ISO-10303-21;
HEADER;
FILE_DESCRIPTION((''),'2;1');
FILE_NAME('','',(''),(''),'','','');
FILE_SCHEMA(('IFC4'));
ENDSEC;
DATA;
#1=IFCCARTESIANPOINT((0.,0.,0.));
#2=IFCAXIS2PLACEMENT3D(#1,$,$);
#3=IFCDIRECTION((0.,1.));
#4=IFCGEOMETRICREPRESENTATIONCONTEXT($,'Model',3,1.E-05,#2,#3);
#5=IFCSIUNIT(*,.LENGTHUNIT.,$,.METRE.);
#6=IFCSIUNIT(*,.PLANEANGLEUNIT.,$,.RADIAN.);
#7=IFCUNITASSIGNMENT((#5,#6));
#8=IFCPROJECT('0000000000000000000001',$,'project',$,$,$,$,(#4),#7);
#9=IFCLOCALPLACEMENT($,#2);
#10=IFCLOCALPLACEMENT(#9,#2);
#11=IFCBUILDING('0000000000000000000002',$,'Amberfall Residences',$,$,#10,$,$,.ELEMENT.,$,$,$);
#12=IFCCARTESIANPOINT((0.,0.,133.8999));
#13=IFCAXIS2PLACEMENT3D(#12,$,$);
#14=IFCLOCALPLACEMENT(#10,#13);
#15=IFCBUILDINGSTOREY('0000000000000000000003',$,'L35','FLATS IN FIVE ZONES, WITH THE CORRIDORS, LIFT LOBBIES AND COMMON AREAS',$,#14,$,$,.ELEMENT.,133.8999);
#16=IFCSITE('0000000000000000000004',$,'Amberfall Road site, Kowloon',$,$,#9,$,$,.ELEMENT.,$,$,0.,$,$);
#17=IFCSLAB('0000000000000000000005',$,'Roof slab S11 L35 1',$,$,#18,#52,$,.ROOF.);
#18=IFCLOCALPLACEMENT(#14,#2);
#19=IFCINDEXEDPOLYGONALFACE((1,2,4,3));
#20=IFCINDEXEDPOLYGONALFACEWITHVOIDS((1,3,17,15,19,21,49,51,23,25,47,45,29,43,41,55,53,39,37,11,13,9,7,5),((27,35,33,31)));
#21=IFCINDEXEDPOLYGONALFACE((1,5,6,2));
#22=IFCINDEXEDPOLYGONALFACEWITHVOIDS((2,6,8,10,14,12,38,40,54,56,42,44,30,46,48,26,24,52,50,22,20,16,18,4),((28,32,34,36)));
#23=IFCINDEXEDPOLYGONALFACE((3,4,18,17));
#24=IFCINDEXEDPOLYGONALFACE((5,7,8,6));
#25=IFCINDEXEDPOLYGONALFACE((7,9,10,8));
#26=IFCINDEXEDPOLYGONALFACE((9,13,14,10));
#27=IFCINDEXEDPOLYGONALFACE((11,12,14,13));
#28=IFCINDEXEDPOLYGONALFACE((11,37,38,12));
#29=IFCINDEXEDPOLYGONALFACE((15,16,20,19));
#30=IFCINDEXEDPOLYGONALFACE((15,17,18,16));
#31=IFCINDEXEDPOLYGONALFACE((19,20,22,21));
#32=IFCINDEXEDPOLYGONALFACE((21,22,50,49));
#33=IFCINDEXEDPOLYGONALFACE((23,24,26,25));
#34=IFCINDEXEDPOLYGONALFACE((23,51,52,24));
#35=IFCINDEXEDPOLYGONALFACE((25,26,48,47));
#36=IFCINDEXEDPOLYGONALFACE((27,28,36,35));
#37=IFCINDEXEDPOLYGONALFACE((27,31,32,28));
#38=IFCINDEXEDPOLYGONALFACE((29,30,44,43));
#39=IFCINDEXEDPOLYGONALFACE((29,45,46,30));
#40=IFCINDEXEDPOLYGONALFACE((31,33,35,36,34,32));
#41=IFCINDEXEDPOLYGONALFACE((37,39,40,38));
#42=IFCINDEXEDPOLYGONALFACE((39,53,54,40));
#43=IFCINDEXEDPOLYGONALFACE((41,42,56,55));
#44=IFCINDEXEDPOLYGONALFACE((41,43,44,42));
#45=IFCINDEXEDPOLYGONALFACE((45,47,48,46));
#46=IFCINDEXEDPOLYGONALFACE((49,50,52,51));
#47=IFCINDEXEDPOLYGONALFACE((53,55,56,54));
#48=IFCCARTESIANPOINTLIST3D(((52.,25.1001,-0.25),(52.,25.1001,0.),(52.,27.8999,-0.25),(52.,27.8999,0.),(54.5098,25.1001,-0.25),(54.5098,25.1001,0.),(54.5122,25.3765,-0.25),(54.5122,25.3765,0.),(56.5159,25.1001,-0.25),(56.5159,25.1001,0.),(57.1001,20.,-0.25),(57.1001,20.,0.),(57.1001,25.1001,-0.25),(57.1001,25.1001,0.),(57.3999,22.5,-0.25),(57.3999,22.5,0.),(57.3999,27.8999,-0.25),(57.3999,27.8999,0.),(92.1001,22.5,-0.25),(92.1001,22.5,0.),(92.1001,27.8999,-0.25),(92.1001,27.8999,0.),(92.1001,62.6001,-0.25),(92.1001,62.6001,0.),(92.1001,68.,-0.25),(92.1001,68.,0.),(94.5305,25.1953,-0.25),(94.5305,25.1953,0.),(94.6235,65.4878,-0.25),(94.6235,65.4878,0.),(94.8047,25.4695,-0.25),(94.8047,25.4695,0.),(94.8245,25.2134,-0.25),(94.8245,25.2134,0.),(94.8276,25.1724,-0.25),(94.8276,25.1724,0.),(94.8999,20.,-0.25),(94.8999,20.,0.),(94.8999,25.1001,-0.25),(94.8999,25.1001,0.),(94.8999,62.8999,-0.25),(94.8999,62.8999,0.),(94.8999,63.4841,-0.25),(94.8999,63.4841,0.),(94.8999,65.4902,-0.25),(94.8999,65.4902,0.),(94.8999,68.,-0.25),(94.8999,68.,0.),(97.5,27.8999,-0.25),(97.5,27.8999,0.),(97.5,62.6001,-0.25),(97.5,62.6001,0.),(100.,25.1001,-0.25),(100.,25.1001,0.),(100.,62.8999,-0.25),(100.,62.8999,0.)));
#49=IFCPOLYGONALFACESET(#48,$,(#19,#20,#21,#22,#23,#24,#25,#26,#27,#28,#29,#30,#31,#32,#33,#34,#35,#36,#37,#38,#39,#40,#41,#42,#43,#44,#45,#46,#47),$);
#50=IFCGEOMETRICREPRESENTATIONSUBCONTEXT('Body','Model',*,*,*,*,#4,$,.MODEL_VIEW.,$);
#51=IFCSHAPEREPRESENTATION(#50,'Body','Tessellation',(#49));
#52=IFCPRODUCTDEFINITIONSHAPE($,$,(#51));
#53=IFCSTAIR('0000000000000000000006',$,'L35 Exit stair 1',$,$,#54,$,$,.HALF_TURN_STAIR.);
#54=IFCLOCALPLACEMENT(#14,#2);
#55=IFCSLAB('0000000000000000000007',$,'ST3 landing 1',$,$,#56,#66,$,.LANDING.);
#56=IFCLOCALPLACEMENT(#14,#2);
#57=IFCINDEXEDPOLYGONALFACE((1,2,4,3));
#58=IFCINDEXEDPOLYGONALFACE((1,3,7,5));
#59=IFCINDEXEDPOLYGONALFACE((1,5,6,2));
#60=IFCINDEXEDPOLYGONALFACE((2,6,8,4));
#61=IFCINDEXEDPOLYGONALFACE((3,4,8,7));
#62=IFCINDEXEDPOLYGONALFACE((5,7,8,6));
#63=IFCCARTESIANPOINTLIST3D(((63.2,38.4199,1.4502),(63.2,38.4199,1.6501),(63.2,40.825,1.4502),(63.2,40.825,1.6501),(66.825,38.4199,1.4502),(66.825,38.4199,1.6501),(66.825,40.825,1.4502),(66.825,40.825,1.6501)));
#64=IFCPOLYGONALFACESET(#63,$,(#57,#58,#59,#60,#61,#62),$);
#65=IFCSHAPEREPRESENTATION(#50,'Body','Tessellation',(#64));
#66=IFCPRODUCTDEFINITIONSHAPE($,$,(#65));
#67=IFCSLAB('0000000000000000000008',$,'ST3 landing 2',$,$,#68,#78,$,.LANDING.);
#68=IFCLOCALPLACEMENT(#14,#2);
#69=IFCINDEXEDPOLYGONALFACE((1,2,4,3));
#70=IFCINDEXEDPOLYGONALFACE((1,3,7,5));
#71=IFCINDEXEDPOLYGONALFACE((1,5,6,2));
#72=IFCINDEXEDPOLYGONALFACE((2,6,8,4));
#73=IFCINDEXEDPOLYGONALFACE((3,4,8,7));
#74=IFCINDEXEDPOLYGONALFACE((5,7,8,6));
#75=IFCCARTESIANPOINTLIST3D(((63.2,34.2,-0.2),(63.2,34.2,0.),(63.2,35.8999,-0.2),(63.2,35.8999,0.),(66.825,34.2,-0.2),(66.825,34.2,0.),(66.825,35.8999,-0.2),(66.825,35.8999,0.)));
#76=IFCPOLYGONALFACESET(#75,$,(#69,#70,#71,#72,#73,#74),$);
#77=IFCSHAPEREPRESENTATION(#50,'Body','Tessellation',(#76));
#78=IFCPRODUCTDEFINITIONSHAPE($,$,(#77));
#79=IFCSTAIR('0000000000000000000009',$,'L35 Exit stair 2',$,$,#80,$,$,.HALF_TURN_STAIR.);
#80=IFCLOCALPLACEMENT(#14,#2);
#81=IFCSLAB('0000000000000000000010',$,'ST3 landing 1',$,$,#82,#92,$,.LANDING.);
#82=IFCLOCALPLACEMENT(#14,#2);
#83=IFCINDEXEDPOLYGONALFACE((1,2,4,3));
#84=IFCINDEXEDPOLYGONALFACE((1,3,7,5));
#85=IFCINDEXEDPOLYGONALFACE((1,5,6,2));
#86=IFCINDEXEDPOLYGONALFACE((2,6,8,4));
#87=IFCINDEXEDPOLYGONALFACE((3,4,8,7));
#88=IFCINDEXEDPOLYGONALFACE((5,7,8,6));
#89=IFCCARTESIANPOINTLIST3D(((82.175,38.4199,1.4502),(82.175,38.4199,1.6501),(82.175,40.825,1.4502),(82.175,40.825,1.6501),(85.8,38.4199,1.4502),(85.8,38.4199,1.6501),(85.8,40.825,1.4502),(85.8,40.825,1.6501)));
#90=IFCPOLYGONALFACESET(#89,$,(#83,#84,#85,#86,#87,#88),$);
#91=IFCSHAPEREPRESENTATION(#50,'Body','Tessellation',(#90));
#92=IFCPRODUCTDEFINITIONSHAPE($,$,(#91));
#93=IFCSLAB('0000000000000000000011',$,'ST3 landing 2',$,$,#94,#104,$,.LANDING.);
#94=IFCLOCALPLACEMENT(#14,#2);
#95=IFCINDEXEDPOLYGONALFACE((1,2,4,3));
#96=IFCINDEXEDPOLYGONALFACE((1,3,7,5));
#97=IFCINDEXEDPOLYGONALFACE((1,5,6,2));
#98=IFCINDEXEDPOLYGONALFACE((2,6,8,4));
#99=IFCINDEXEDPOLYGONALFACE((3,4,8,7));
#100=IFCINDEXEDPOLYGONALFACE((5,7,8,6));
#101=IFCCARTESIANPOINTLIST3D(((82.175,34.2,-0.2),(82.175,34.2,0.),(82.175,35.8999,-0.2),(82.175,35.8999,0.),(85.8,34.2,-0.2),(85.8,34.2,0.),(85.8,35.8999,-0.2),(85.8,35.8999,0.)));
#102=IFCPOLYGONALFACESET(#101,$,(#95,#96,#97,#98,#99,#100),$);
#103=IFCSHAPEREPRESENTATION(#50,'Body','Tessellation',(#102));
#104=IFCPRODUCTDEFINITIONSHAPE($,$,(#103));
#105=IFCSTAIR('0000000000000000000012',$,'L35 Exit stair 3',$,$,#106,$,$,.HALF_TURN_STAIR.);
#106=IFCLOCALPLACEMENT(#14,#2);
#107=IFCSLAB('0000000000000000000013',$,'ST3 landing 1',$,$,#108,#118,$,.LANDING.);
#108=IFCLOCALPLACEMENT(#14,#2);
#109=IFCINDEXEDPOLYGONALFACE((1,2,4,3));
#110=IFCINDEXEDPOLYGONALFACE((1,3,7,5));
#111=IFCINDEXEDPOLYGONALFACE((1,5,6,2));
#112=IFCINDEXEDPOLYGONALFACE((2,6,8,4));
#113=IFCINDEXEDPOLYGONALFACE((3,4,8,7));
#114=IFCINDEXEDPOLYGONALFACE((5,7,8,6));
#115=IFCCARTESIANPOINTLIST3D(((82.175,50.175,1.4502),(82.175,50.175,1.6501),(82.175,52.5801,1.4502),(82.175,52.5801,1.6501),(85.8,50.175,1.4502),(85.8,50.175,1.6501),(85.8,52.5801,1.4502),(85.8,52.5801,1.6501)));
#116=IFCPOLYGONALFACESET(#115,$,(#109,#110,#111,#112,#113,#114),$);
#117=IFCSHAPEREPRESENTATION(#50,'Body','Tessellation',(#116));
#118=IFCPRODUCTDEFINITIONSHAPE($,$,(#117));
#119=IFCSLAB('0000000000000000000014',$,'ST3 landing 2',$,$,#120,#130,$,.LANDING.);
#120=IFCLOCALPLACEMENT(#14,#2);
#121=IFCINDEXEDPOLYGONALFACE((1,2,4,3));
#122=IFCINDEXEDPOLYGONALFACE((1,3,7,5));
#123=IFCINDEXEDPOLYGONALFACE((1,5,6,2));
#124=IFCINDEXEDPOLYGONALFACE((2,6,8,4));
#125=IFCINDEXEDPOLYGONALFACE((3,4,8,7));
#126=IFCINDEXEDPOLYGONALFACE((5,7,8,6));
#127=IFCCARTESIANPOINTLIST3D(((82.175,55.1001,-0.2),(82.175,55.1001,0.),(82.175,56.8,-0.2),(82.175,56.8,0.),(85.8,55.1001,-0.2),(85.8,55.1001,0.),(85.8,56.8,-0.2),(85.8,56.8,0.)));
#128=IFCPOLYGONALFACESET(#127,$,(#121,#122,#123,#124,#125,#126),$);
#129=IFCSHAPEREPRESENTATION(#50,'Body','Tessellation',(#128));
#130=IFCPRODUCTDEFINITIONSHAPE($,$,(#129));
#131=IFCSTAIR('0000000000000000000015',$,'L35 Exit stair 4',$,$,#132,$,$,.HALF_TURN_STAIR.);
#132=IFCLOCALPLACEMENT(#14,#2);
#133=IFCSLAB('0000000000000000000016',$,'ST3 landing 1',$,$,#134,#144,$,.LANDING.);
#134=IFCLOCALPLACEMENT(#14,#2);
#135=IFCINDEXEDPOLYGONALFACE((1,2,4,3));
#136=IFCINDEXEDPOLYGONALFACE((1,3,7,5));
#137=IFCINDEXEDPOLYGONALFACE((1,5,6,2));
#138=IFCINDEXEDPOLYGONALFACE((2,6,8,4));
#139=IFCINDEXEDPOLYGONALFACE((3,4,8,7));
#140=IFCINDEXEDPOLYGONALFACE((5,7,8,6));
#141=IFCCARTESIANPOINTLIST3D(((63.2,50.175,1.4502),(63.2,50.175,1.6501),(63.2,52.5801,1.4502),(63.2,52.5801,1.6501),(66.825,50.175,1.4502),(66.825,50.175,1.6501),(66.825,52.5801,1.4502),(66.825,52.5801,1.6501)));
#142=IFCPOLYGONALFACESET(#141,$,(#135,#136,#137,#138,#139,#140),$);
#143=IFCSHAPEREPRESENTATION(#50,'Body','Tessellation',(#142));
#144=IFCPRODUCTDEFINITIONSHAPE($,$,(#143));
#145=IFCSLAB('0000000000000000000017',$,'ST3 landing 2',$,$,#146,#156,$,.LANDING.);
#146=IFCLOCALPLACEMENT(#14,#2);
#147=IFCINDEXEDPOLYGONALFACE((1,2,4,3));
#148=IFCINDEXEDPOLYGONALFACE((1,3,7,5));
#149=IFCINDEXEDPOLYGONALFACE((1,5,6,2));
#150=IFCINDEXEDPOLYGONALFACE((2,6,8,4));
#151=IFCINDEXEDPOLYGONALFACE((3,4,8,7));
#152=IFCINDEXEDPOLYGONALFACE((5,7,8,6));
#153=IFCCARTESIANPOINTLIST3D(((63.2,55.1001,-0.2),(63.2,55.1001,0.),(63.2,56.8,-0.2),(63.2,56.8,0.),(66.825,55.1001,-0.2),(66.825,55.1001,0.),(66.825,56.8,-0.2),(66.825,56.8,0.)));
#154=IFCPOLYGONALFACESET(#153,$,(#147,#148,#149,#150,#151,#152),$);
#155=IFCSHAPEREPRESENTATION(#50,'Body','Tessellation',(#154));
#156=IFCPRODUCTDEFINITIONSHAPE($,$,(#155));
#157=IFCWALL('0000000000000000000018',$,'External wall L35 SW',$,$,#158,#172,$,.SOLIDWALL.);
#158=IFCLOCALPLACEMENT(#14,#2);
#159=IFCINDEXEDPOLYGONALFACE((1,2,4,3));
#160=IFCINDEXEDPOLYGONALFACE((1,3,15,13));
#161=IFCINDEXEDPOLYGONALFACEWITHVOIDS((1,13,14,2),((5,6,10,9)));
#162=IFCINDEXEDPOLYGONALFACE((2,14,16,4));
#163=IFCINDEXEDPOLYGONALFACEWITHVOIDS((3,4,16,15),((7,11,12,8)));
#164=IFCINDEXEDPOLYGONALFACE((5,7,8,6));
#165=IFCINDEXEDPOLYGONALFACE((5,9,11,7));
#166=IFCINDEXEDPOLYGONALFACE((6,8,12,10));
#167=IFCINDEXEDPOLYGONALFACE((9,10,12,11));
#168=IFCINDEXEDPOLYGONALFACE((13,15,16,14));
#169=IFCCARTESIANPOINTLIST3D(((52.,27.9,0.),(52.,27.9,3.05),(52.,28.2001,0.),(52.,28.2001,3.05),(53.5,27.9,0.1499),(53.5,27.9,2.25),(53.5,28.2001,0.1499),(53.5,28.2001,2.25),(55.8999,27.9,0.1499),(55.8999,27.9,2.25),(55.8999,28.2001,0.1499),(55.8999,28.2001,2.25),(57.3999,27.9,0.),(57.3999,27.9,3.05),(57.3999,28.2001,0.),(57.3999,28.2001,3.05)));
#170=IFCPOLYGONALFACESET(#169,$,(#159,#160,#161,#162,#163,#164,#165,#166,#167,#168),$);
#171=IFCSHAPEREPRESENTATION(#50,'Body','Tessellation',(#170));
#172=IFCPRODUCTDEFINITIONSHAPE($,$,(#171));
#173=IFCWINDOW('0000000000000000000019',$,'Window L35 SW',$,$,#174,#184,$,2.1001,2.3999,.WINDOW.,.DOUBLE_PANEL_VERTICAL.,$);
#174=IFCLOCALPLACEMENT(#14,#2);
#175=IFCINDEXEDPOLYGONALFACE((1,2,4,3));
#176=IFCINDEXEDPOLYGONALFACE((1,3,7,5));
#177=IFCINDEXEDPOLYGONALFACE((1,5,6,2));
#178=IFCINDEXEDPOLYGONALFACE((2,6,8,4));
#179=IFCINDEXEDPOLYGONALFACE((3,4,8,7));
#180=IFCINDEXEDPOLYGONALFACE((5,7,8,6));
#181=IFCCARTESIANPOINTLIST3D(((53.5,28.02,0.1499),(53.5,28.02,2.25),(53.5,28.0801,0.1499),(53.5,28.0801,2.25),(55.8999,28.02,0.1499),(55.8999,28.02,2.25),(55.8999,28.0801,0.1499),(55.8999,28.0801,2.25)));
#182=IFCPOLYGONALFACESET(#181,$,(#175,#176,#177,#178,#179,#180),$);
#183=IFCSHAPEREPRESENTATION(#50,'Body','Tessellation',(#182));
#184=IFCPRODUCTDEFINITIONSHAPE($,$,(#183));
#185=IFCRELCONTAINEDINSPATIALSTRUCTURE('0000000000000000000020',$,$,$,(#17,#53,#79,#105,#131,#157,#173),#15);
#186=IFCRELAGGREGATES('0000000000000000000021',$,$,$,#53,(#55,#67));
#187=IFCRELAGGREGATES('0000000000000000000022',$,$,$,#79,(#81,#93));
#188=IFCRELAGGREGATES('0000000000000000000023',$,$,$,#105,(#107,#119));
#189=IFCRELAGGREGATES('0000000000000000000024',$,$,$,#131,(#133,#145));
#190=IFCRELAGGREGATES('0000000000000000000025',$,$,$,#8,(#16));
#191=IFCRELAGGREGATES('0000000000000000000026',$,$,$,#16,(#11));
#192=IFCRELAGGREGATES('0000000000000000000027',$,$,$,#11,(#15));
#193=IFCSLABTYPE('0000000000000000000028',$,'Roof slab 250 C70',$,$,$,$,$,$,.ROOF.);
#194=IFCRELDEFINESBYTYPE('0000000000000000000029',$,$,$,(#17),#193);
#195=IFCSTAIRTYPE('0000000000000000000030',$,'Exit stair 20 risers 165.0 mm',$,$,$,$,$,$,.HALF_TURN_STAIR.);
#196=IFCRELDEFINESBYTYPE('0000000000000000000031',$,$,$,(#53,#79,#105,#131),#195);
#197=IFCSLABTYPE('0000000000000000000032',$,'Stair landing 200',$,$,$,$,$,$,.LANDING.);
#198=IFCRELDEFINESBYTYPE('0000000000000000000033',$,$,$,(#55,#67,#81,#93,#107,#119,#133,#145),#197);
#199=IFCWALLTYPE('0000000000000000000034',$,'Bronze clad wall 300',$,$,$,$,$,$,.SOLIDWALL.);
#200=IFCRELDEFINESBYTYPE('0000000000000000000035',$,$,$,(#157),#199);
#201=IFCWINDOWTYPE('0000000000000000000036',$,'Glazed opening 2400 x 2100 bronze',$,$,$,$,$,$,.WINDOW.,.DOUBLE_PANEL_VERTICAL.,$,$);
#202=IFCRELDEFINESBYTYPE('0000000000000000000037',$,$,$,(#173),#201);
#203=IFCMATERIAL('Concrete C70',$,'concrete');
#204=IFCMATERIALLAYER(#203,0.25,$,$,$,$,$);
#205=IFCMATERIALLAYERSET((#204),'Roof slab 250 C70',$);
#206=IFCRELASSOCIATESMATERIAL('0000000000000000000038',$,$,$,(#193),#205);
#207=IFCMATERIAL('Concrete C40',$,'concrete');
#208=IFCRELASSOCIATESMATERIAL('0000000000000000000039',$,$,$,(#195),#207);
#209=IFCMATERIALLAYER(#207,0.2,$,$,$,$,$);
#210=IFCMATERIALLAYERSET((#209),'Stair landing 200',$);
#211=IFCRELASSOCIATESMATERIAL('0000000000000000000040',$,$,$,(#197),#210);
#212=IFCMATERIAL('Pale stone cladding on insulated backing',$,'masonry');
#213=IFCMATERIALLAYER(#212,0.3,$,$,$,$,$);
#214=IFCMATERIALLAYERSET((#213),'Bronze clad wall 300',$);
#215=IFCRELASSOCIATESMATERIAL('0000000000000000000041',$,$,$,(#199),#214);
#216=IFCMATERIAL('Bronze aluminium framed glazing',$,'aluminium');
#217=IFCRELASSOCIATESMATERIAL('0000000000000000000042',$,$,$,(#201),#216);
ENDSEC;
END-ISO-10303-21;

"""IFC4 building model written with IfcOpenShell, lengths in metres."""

from ifc_helpers import new_model, si_unit, direction, frame, frame_2d, origin, place, context, subcontext, project, spatial, polyline, rectangle, outline, extrude, material, layer, layer_set, type_object, element, fill, aggregate, save


model = new_model("IFC4")

# Units and contexts
model_context = context("Model", 3, precision=1e-05, world=origin(), true_north=direction((0.0, 1.0)))
body_context = subcontext(model_context, "Body", "Model", "MODEL_VIEW")
ifc_project = project(units=[si_unit("LENGTHUNIT", "METRE"), si_unit("PLANEANGLEUNIT", "RADIAN")], contexts=[model_context])

# Site, building, storey
site_placement = place(None, origin())
site = spatial("IfcSite", under=ifc_project, at=site_placement, Name="Amberfall Road site, Kowloon", CompositionType="ELEMENT", RefElevation=0.0)
building_placement = place(site_placement, origin())
building = spatial("IfcBuilding", under=site, at=building_placement, Name="Amberfall Residences", CompositionType="ELEMENT")
storey_placement = place(building_placement, frame((0.0, 0.0, 133.8999)))
storey = spatial("IfcBuildingStorey", under=building, at=storey_placement, Name="L35", Description="FLATS IN FIVE ZONES, WITH THE CORRIDORS, LIFT LOBBIES AND COMMON AREAS", CompositionType="ELEMENT", Elevation=133.8999)

# Slab
ifc_material_1 = material(Name="Concrete C70", Category="concrete")
ifc_layer_1 = layer(ifc_material_1, 0.25)
ifc_layer_set_1 = layer_set([ifc_layer_1], Name="Roof slab 250 C70")
slab_type_1 = type_object("IfcSlabType", Name="Roof slab 250 C70", PredefinedType="ROOF", material=ifc_layer_set_1)
slab_1_placement = place(storey_placement, frame((0.0, 0.0, -0.25)))
element("IfcSlab", 1, at=slab_1_placement, inside=storey, type_object=slab_type_1, Name="Roof slab S11 L35 1", PredefinedType="ROOF", context=body_context, shape_type="SweptSolid", body=[
    extrude(outline(polyline([(94.8999, 20.0), (57.1001, 20.0), (57.1001, 25.1001), (56.5159, 25.1001), (54.5122, 25.3765), (54.5098, 25.1001), (52.0, 25.1001), (52.0, 27.8999), (57.3999, 27.8999), (57.3999, 22.5), (92.1001, 22.5), (92.1001, 27.8999), (97.5, 27.8999), (97.5, 62.6001), (92.1001, 62.6001), (92.1001, 68.0), (94.8999, 68.0), (94.8999, 65.4902), (94.6235, 65.4878), (94.8999, 63.4841), (94.8999, 62.8999), (100.0, 62.8999), (100.0, 25.1001), (94.8999, 25.1001), (94.8999, 20.0)]), holes=[polyline([(94.5305, 25.1953), (94.8276, 25.1724), (94.8245, 25.2134), (94.8047, 25.4695), (94.5305, 25.1953)])]), origin(), (0.0, 0.0, 1.0), 0.25),
])

# Stairs, slabs
ifc_material_2 = material(Name="Concrete C40", Category="concrete")
stair_type = type_object("IfcStairType", Name="Exit stair 20 risers 165.0 mm", PredefinedType="HALF_TURN_STAIR", material=ifc_material_2)
stair_1_placement = place(storey_placement, origin())
stair_1 = element("IfcStair", 2, at=stair_1_placement, inside=storey, type_object=stair_type, Name="L35 Exit stair 1", PredefinedType="HALF_TURN_STAIR")
ifc_layer_2 = layer(ifc_material_2, 0.2)
ifc_layer_set_2 = layer_set([ifc_layer_2], Name="Stair landing 200")
slab_type_2 = type_object("IfcSlabType", Name="Stair landing 200", PredefinedType="LANDING", material=ifc_layer_set_2)
slab_2_placement = place(storey_placement, frame((0.0, 0.0, 1.4502)))
slab_2 = element("IfcSlab", 3, at=slab_2_placement, type_object=slab_type_2, Name="ST3 landing 1", PredefinedType="LANDING", context=body_context, shape_type="SweptSolid", body=[
    extrude(outline(polyline([(66.825, 38.4199), (66.825, 40.825), (63.2, 40.825), (63.2, 38.4199), (66.825, 38.4199)])), origin(), (0.0, 0.0, 1.0), 0.2),
])
slab_3_placement = place(storey_placement, frame((0.0, 0.0, -0.2)))
slab_3 = element("IfcSlab", 4, at=slab_3_placement, type_object=slab_type_2, Name="ST3 landing 2", PredefinedType="LANDING", context=body_context, shape_type="SweptSolid", body=[
    extrude(outline(polyline([(66.825, 34.2), (66.825, 35.8999), (63.2, 35.8999), (63.2, 34.2), (66.825, 34.2)])), origin(), (0.0, 0.0, 1.0), 0.2),
])
aggregate(stair_1, [slab_2, slab_3])
stair_2_placement = place(storey_placement, origin())
stair_2 = element("IfcStair", 5, at=stair_2_placement, inside=storey, type_object=stair_type, Name="L35 Exit stair 2", PredefinedType="HALF_TURN_STAIR")
slab_4_placement = place(storey_placement, frame((0.0, 0.0, 1.4502)))
slab_4 = element("IfcSlab", 6, at=slab_4_placement, type_object=slab_type_2, Name="ST3 landing 1", PredefinedType="LANDING", context=body_context, shape_type="SweptSolid", body=[
    extrude(outline(polyline([(85.8, 38.4199), (85.8, 40.825), (82.175, 40.825), (82.175, 38.4199), (85.8, 38.4199)])), origin(), (0.0, 0.0, 1.0), 0.2),
])
slab_5_placement = place(storey_placement, frame((0.0, 0.0, -0.2)))
slab_5 = element("IfcSlab", 7, at=slab_5_placement, type_object=slab_type_2, Name="ST3 landing 2", PredefinedType="LANDING", context=body_context, shape_type="SweptSolid", body=[
    extrude(outline(polyline([(85.8, 34.2), (85.8, 35.8999), (82.175, 35.8999), (82.175, 34.2), (85.8, 34.2)])), origin(), (0.0, 0.0, 1.0), 0.2),
])
aggregate(stair_2, [slab_4, slab_5])
stair_3_placement = place(storey_placement, origin())
stair_3 = element("IfcStair", 8, at=stair_3_placement, inside=storey, type_object=stair_type, Name="L35 Exit stair 3", PredefinedType="HALF_TURN_STAIR")
slab_6_placement = place(storey_placement, frame((0.0, 0.0, 1.4502)))
slab_6 = element("IfcSlab", 9, at=slab_6_placement, type_object=slab_type_2, Name="ST3 landing 1", PredefinedType="LANDING", context=body_context, shape_type="SweptSolid", body=[
    extrude(outline(polyline([(82.175, 52.5801), (82.175, 50.175), (85.8, 50.175), (85.8, 52.5801), (82.175, 52.5801)])), origin(), (0.0, 0.0, 1.0), 0.2),
])
slab_7_placement = place(storey_placement, frame((0.0, 0.0, -0.2)))
slab_7 = element("IfcSlab", 10, at=slab_7_placement, type_object=slab_type_2, Name="ST3 landing 2", PredefinedType="LANDING", context=body_context, shape_type="SweptSolid", body=[
    extrude(outline(polyline([(82.175, 56.8), (82.175, 55.1001), (85.8, 55.1001), (85.8, 56.8), (82.175, 56.8)])), origin(), (0.0, 0.0, 1.0), 0.2),
])
aggregate(stair_3, [slab_6, slab_7])
stair_4_placement = place(storey_placement, origin())
stair_4 = element("IfcStair", 11, at=stair_4_placement, inside=storey, type_object=stair_type, Name="L35 Exit stair 4", PredefinedType="HALF_TURN_STAIR")
slab_8_placement = place(storey_placement, frame((0.0, 0.0, 1.4502)))
slab_8 = element("IfcSlab", 12, at=slab_8_placement, type_object=slab_type_2, Name="ST3 landing 1", PredefinedType="LANDING", context=body_context, shape_type="SweptSolid", body=[
    extrude(outline(polyline([(63.2, 52.5801), (63.2, 50.175), (66.825, 50.175), (66.825, 52.5801), (63.2, 52.5801)])), origin(), (0.0, 0.0, 1.0), 0.2),
])
slab_9_placement = place(storey_placement, frame((0.0, 0.0, -0.2)))
slab_9 = element("IfcSlab", 13, at=slab_9_placement, type_object=slab_type_2, Name="ST3 landing 2", PredefinedType="LANDING", context=body_context, shape_type="SweptSolid", body=[
    extrude(outline(polyline([(63.2, 56.8), (63.2, 55.1001), (66.825, 55.1001), (66.825, 56.8), (63.2, 56.8)])), origin(), (0.0, 0.0, 1.0), 0.2),
])
aggregate(stair_4, [slab_8, slab_9])

# Wall, opening, window
ifc_material_3 = material(Name="Pale stone cladding on insulated backing", Category="masonry")
ifc_layer_3 = layer(ifc_material_3, 0.3)
ifc_layer_set_3 = layer_set([ifc_layer_3], Name="Bronze clad wall 300")
wall_type_1 = type_object("IfcWallType", Name="Bronze clad wall 300", PredefinedType="SOLIDWALL", material=ifc_layer_set_3)
wall_1_placement = place(storey_placement, frame((52.0, 28.05, 0.0), z_axis=(0.0, 0.0, 1.0), x_axis=(1.0, 0.0, 0.0)))
wall_1 = element("IfcWall", 14, at=wall_1_placement, inside=storey, type_object=wall_type_1, Name="External wall L35 SW", PredefinedType="SOLIDWALL", context=body_context, shape_type="SweptSolid", body=[
    extrude(rectangle(XDim=5.3999, YDim=0.3, at=frame_2d((2.7, 0.0))), origin(), (0.0, 0.0, 1.0), 3.05),
])
opening_placement = place(wall_1_placement, frame((1.5, 0.0, 0.1499)))
opening = element("IfcOpeningElement", 15, at=opening_placement, cuts=wall_1, PredefinedType="OPENING", context=body_context, shape_type="SweptSolid", body=[
    extrude(rectangle(XDim=2.3999, YDim=2.1001, at=frame_2d((1.2, 1.05))), frame((0.0, 0.1599, 0.0), z_axis=(0.0, -1.0, 0.0), x_axis=(1.0, 0.0, 0.0)), (0.0, 0.0, 1.0), 0.3201),
])
ifc_material_4 = material(Name="Bronze aluminium framed glazing", Category="aluminium")
window_type = type_object("IfcWindowType", Name="Glazed opening 2400 x 2100 bronze", PartitioningType="DOUBLE_PANEL_VERTICAL", PredefinedType="WINDOW", material=ifc_material_4)
window_placement = place(opening_placement, origin())
window = element("IfcWindow", 16, at=window_placement, inside=storey, type_object=window_type, Name="Window L35 SW", OverallHeight=2.1001, OverallWidth=2.3999, PartitioningType="DOUBLE_PANEL_VERTICAL", PredefinedType="WINDOW", context=body_context, shape_type="SweptSolid", body=[
    extrude(rectangle(XDim=2.3999, YDim=2.1001, at=frame_2d((1.2, 1.05))), frame((0.0, 0.03, 0.0), z_axis=(0.0, -1.0, 0.0), x_axis=(1.0, 0.0, 0.0)), (0.0, 0.0, 1.0), 0.0601),
])
fill(opening, window)

save(model, "model.ifc")
